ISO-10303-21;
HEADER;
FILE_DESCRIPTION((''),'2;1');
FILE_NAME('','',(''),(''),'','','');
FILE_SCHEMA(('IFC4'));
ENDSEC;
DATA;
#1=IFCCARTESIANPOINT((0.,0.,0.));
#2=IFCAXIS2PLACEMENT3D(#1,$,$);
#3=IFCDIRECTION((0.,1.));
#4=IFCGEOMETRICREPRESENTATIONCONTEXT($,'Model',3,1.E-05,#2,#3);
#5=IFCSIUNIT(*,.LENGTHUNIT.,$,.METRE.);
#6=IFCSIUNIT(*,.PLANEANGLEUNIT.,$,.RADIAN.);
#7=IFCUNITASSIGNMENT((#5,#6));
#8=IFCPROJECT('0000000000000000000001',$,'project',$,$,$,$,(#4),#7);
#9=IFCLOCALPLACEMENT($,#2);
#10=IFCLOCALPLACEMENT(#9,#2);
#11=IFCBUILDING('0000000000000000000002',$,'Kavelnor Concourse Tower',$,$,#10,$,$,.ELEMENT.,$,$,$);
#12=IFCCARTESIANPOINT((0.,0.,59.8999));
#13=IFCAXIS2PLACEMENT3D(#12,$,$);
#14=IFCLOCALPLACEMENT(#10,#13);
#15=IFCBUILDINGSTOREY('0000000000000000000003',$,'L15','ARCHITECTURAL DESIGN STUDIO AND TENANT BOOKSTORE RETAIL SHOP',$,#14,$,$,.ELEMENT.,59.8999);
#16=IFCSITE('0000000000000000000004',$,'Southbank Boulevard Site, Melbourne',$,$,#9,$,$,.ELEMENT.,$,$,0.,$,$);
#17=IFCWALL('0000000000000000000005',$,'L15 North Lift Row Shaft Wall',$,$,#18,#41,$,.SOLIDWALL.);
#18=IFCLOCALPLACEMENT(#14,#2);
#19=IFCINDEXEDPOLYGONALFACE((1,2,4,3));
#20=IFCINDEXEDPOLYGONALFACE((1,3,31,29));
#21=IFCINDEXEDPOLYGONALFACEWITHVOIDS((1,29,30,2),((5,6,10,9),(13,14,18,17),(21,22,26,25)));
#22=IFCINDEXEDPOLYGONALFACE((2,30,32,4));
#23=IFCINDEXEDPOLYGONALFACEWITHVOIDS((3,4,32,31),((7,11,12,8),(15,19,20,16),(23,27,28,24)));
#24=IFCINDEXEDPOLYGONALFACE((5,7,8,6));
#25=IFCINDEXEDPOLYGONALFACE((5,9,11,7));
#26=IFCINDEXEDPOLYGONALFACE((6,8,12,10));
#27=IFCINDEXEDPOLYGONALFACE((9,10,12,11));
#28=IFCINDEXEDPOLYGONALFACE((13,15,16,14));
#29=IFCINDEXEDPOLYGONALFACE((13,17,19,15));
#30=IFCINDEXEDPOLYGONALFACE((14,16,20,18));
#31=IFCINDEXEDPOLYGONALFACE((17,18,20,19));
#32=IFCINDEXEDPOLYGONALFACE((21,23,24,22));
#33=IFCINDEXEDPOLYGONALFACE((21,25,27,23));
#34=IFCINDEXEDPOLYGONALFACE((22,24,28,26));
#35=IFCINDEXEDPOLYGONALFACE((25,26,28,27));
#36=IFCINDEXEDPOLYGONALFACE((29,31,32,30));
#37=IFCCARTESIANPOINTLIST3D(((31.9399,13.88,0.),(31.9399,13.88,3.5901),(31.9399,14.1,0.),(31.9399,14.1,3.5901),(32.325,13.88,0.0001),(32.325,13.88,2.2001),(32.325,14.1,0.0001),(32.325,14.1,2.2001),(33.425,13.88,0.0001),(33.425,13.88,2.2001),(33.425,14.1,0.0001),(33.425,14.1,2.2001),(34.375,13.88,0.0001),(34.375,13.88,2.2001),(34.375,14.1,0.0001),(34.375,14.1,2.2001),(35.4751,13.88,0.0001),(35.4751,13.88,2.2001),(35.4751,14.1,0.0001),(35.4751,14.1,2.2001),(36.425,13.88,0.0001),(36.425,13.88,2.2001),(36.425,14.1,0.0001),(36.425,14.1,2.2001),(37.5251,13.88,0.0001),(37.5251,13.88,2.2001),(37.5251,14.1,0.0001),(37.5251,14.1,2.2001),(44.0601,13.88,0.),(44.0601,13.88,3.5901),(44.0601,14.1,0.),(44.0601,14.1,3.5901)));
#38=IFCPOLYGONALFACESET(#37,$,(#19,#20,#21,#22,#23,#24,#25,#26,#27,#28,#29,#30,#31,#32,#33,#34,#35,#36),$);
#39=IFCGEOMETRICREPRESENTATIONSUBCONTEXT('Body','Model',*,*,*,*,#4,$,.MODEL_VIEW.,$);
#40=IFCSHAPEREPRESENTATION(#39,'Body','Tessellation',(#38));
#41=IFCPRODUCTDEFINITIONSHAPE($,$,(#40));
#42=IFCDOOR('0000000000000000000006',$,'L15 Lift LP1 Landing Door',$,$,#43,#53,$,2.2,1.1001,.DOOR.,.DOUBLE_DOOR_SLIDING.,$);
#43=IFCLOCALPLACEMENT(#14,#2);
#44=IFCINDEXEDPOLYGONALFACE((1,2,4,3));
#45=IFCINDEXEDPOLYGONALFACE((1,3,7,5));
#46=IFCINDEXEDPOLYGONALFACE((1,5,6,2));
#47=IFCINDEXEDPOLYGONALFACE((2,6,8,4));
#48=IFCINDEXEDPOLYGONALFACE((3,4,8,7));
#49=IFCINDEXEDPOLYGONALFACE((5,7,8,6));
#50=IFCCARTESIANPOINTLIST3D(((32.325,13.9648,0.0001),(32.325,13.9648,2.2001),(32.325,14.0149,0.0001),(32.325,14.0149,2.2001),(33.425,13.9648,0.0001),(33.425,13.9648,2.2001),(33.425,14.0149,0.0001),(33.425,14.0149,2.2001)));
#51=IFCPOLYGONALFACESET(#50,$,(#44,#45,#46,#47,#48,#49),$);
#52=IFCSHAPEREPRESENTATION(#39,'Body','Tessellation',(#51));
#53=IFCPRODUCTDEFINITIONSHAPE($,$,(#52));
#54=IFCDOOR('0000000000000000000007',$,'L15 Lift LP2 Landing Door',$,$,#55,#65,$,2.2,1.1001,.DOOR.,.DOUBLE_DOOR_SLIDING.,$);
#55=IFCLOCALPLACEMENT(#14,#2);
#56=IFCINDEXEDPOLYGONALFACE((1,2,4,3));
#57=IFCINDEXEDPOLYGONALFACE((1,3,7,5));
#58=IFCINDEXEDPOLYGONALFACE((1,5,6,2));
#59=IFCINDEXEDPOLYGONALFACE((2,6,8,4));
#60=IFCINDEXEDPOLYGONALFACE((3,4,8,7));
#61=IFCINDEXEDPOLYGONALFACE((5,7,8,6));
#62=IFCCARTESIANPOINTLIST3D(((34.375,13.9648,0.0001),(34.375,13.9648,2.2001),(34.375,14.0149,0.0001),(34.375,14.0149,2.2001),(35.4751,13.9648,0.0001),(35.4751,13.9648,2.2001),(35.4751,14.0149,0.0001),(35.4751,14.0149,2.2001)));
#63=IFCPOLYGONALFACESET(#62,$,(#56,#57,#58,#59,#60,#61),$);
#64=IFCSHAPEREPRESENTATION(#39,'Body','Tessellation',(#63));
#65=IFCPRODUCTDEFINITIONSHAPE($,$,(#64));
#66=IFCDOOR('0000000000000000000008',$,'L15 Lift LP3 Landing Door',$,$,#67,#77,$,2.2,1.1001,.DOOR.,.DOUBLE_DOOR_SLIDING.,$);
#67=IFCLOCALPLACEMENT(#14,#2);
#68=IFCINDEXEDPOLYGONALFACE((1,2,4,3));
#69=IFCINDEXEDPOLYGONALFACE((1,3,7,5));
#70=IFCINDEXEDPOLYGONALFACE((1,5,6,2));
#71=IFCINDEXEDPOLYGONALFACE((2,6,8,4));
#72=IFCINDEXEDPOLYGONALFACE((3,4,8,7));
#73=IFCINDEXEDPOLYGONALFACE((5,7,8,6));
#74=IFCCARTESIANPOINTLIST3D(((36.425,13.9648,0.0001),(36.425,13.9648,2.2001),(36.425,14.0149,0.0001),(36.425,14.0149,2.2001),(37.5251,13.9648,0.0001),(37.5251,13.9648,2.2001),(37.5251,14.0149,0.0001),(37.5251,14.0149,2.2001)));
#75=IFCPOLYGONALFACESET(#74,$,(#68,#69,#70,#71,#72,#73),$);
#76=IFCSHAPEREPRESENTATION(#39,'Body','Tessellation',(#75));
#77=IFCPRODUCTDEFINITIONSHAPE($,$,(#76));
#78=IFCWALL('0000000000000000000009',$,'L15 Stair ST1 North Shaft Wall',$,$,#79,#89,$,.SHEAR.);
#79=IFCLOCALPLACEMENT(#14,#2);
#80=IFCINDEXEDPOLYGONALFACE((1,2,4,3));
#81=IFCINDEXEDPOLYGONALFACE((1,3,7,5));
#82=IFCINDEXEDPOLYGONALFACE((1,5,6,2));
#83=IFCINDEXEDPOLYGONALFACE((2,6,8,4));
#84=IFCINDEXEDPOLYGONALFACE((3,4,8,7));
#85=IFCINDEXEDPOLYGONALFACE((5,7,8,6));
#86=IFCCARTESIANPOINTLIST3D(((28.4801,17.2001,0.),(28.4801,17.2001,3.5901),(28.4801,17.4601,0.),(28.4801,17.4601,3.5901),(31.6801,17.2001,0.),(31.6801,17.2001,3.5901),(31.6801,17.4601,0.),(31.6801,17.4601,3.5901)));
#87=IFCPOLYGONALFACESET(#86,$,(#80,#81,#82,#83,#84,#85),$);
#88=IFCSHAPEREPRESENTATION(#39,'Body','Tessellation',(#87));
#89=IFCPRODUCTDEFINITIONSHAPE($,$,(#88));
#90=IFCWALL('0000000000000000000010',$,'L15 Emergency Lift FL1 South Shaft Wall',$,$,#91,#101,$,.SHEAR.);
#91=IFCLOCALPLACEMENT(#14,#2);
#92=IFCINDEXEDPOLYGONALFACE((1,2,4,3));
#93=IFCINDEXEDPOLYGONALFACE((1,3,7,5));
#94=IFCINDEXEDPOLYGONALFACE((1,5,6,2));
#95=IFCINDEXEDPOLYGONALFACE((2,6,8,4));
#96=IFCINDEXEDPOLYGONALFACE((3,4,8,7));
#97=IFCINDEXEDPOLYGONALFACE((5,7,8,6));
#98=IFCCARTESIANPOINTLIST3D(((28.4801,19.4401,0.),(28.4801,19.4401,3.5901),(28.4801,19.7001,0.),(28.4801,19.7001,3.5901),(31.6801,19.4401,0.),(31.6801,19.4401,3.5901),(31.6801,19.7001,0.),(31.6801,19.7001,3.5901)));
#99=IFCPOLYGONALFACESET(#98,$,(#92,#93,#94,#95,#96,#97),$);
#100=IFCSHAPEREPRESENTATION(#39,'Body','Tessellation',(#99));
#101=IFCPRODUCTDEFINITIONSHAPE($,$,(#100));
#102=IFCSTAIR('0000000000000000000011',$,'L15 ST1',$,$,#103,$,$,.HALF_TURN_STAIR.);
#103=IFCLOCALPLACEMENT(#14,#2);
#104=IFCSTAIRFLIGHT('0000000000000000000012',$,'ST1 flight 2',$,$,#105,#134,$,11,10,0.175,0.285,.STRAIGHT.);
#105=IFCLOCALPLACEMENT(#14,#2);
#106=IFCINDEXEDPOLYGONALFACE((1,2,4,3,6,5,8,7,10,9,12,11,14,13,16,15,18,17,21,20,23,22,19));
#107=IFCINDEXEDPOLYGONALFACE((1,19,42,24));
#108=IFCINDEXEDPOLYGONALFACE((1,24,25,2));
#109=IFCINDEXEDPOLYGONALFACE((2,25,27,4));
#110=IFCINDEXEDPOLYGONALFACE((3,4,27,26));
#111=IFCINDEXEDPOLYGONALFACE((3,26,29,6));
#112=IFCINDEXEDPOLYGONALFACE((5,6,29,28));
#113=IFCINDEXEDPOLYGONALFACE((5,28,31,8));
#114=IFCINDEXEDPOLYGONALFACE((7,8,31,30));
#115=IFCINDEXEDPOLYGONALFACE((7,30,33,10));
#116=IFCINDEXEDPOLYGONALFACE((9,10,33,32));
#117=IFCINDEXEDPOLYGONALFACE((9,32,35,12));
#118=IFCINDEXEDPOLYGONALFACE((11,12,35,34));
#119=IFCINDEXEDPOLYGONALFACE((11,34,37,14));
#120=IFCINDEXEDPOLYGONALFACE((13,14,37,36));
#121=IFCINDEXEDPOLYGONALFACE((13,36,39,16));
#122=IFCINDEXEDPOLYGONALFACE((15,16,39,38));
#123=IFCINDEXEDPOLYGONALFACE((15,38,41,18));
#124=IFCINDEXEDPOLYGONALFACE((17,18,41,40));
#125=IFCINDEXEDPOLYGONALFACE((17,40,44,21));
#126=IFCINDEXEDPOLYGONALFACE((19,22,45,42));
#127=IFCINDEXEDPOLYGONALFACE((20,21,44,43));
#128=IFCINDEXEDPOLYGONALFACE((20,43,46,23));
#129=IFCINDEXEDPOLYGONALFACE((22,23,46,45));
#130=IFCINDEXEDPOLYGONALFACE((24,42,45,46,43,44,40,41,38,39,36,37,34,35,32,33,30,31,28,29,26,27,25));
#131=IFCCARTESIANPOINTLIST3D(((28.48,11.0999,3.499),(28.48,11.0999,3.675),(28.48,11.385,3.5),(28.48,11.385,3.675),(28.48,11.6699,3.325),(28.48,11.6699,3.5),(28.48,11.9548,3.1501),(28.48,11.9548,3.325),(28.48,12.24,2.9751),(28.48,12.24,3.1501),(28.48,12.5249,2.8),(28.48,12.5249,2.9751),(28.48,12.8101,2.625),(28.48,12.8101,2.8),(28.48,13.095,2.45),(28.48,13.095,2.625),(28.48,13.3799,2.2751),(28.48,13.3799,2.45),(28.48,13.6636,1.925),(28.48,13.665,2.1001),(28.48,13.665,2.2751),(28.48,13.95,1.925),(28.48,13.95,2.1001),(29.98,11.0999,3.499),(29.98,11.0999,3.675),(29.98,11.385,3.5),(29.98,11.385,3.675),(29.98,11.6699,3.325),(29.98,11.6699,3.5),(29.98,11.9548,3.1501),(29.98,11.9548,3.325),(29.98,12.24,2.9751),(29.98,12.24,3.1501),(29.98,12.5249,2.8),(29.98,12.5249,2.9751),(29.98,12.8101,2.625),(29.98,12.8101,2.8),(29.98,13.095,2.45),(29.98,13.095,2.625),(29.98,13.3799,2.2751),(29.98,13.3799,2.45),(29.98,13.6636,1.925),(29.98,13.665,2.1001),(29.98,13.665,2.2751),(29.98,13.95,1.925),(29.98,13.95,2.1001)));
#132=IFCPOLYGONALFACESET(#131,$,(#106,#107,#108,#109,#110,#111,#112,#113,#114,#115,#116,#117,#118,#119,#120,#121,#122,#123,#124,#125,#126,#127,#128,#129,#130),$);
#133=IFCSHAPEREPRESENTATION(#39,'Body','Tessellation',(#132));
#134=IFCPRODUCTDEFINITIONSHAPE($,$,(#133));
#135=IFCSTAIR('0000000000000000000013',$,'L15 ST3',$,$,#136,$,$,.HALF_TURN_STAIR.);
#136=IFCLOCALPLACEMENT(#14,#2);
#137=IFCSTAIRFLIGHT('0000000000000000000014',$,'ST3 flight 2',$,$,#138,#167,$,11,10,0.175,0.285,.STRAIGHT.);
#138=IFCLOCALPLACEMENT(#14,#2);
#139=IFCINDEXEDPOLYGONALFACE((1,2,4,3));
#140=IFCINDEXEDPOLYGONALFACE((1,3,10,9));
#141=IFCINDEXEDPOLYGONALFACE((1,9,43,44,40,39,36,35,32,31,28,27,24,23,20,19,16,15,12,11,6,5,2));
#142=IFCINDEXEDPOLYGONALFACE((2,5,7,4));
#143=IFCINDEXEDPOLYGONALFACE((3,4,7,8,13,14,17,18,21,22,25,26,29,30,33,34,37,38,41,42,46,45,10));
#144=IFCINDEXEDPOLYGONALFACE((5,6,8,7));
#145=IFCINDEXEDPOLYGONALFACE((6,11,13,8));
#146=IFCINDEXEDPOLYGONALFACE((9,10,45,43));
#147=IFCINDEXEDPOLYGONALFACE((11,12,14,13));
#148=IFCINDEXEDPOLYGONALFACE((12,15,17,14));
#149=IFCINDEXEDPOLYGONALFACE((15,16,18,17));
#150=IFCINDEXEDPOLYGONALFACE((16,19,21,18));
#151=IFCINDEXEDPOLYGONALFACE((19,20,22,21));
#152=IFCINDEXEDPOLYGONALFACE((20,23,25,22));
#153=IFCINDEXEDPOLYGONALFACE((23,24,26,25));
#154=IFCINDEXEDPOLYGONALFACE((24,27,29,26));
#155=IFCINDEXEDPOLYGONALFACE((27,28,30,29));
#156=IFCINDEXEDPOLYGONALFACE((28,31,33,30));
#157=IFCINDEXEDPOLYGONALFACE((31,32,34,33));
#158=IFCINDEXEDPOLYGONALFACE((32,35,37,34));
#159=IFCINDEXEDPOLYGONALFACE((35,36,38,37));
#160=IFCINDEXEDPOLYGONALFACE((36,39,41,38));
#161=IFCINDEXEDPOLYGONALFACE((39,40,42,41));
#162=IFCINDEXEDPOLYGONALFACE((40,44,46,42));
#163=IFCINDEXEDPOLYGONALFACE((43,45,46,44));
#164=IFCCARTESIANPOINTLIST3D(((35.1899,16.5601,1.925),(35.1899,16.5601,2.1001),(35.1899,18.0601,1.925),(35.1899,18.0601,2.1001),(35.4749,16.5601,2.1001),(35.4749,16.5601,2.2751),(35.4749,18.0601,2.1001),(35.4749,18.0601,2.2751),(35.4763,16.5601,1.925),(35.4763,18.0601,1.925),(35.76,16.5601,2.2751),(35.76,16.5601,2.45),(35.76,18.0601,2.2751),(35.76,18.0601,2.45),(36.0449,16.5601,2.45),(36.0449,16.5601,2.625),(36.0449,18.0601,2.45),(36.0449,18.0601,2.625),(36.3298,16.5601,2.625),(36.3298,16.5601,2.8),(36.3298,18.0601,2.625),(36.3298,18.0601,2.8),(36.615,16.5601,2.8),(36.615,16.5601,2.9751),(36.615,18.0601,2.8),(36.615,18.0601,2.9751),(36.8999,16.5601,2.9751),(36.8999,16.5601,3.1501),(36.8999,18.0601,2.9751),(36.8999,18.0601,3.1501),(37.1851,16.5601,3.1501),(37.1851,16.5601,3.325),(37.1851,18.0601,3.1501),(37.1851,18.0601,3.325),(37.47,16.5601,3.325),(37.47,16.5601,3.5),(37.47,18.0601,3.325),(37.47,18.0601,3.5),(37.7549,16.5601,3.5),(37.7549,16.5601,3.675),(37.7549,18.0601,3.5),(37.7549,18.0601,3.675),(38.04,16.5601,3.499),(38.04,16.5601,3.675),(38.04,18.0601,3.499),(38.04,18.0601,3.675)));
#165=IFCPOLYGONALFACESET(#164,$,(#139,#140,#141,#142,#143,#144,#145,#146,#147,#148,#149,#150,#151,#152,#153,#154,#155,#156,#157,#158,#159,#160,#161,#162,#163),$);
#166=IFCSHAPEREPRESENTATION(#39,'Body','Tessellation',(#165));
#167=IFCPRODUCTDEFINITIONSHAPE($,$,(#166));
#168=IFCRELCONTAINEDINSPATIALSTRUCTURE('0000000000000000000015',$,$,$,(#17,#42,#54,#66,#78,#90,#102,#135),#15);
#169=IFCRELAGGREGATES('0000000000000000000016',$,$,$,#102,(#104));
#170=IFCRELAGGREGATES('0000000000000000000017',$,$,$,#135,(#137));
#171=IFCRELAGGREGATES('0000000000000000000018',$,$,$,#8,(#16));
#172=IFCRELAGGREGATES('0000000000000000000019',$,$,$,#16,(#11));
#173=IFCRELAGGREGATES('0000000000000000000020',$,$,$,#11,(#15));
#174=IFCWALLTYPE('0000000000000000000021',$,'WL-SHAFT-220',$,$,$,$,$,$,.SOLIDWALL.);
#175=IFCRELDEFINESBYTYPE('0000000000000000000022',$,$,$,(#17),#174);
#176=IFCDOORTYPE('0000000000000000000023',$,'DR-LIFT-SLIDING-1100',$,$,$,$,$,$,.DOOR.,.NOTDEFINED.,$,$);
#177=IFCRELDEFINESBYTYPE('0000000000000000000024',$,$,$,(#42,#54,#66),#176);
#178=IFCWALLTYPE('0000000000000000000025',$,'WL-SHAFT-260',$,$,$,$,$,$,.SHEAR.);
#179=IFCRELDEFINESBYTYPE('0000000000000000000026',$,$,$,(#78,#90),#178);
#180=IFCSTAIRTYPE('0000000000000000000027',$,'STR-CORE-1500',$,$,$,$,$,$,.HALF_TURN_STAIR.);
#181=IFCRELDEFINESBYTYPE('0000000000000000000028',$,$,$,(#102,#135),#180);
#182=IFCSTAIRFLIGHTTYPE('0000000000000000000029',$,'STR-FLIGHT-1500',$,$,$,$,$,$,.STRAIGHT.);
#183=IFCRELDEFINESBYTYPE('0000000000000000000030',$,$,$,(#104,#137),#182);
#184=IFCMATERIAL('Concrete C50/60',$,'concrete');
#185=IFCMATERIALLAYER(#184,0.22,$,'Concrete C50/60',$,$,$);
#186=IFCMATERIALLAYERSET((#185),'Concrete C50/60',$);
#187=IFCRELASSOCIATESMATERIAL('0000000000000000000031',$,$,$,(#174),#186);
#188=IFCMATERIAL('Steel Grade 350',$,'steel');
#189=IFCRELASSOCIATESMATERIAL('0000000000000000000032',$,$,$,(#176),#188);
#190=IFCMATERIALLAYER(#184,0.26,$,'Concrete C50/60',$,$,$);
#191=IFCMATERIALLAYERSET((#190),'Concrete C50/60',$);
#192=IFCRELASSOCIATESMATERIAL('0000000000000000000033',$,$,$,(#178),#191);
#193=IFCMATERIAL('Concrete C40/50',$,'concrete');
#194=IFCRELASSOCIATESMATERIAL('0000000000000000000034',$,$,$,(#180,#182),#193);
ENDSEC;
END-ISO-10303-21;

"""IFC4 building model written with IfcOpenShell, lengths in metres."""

from ifc_helpers import new_model, si_unit, direction, frame, frame_2d, origin, place, context, subcontext, project, spatial, polyline, rectangle, outline, extrude, material, layer, layer_set, type_object, element, fill, aggregate, save


model = new_model("IFC4")

# Units and contexts
model_context = context("Model", 3, precision=1e-05, world=origin(), true_north=direction((0.0, 1.0)))
body_context = subcontext(model_context, "Body", "Model", "MODEL_VIEW")
ifc_project = project(units=[si_unit("LENGTHUNIT", "METRE"), si_unit("PLANEANGLEUNIT", "RADIAN")], contexts=[model_context])

# Site, building, storey
site_placement = place(None, origin())
site = spatial("IfcSite", under=ifc_project, at=site_placement, Name="Southbank Boulevard Site, Melbourne", CompositionType="ELEMENT", RefElevation=0.0)
building_placement = place(site_placement, origin())
building = spatial("IfcBuilding", under=site, at=building_placement, Name="Kavelnor Concourse Tower", CompositionType="ELEMENT")
storey_placement = place(building_placement, frame((0.0, 0.0, 59.8999)))
storey = spatial("IfcBuildingStorey", under=building, at=storey_placement, Name="L15", Description="ARCHITECTURAL DESIGN STUDIO AND TENANT BOOKSTORE RETAIL SHOP", CompositionType="ELEMENT", Elevation=59.8999)

# Shared definitions
ifc_material_1 = material(Name="Steel Grade 350", Category="steel")

# Shared definitions
ifc_material_2 = material(Name="Concrete C50/60", Category="concrete")
ifc_layer_1 = layer(ifc_material_2, 0.22, Name="Concrete C50/60")
ifc_layer_set_1 = layer_set([ifc_layer_1], Name="Concrete C50/60")
wall_type_1 = type_object("IfcWallType", Name="WL-SHAFT-220", PredefinedType="SOLIDWALL", material=ifc_layer_set_1)

# Wall, openings, doors
wall_1_placement = place(storey_placement, frame((31.9399, 13.99, 0.0), z_axis=(0.0, 0.0, 1.0), x_axis=(1.0, 0.0, 0.0)))
wall_1 = element("IfcWall", 1, at=wall_1_placement, inside=storey, type_object=wall_type_1, Name="L15 North Lift Row Shaft Wall", PredefinedType="SOLIDWALL", context=body_context, shape_type="SweptSolid", body=[
    extrude(rectangle(XDim=12.1201, YDim=0.22, at=frame_2d((6.0601, 0.0))), origin(), (0.0, 0.0, 1.0), 3.5901),
])
opening_1_placement = place(wall_1_placement, frame((0.385, 0.0, 0.0)))
opening_1 = element("IfcOpeningElement", 2, at=opening_1_placement, cuts=wall_1, PredefinedType="OPENING", context=body_context, shape_type="SweptSolid", body=[
    extrude(rectangle(XDim=1.1001, YDim=2.2, at=frame_2d((0.55, 1.1001))), frame((0.0, 0.1201, 0.0), z_axis=(0.0, -1.0, 0.0), x_axis=(1.0, 0.0, 0.0)), (0.0, 0.0, 1.0), 0.24),
])
opening_2_placement = place(wall_1_placement, frame((2.4351, 0.0, 0.0)))
opening_2 = element("IfcOpeningElement", 3, at=opening_2_placement, cuts=wall_1, PredefinedType="OPENING", context=body_context, shape_type="SweptSolid", body=[
    extrude(rectangle(XDim=1.1001, YDim=2.2, at=frame_2d((0.55, 1.1001))), frame((0.0, 0.1201, 0.0), z_axis=(0.0, -1.0, 0.0), x_axis=(1.0, 0.0, 0.0)), (0.0, 0.0, 1.0), 0.24),
])
opening_3_placement = place(wall_1_placement, frame((4.4851, 0.0, 0.0)))
opening_3 = element("IfcOpeningElement", 4, at=opening_3_placement, cuts=wall_1, PredefinedType="OPENING", context=body_context, shape_type="SweptSolid", body=[
    extrude(rectangle(XDim=1.1001, YDim=2.2, at=frame_2d((0.55, 1.1001))), frame((0.0, 0.1201, 0.0), z_axis=(0.0, -1.0, 0.0), x_axis=(1.0, 0.0, 0.0)), (0.0, 0.0, 1.0), 0.24),
])
door_type_1 = type_object("IfcDoorType", Name="DR-LIFT-SLIDING-1100", OperationType="NOTDEFINED", PredefinedType="DOOR", material=ifc_material_1)
door_1_placement = place(opening_1_placement, origin())
door_1 = element("IfcDoor", 5, at=door_1_placement, inside=storey, type_object=door_type_1, Name="L15 Lift LP1 Landing Door", OperationType="DOUBLE_DOOR_SLIDING", OverallHeight=2.2, OverallWidth=1.1001, PredefinedType="DOOR", context=body_context, shape_type="SweptSolid", body=[
    extrude(rectangle(XDim=1.1001, YDim=2.2, at=frame_2d((0.55, 1.1001))), frame((0.0, 0.0249, 0.0), z_axis=(0.0, -1.0, 0.0), x_axis=(1.0, 0.0, 0.0)), (0.0, 0.0, 1.0), 0.05),
])
fill(opening_1, door_1)
door_2_placement = place(opening_2_placement, origin())
door_2 = element("IfcDoor", 6, at=door_2_placement, inside=storey, type_object=door_type_1, Name="L15 Lift LP2 Landing Door", OperationType="DOUBLE_DOOR_SLIDING", OverallHeight=2.2, OverallWidth=1.1001, PredefinedType="DOOR", context=body_context, shape_type="SweptSolid", body=[
    extrude(rectangle(XDim=1.1001, YDim=2.2, at=frame_2d((0.55, 1.1001))), frame((0.0, 0.0249, 0.0), z_axis=(0.0, -1.0, 0.0), x_axis=(1.0, 0.0, 0.0)), (0.0, 0.0, 1.0), 0.05),
])
fill(opening_2, door_2)
door_3_placement = place(opening_3_placement, origin())
door_3 = element("IfcDoor", 7, at=door_3_placement, inside=storey, type_object=door_type_1, Name="L15 Lift LP3 Landing Door", OperationType="DOUBLE_DOOR_SLIDING", OverallHeight=2.2, OverallWidth=1.1001, PredefinedType="DOOR", context=body_context, shape_type="SweptSolid", body=[
    extrude(rectangle(XDim=1.1001, YDim=2.2, at=frame_2d((0.55, 1.1001))), frame((0.0, 0.0249, 0.0), z_axis=(0.0, -1.0, 0.0), x_axis=(1.0, 0.0, 0.0)), (0.0, 0.0, 1.0), 0.05),
])
fill(opening_3, door_3)

# Walls
ifc_layer_2 = layer(ifc_material_2, 0.26, Name="Concrete C50/60")
ifc_layer_set_2 = layer_set([ifc_layer_2], Name="Concrete C50/60")
wall_type_2 = type_object("IfcWallType", Name="WL-SHAFT-260", PredefinedType="SHEAR", material=ifc_layer_set_2)
for number, where, z_axis, x_axis, name in (
    (8, (28.48, 17.3301, 0.0), (0.0, 0.0, 1.0), (1.0, 0.0, 0.0), "L15 Stair ST1 North Shaft Wall"),
    (9, (28.48, 19.5701, 0.0), (0.0, 0.0, 1.0), (1.0, 0.0, 0.0), "L15 Emergency Lift FL1 South Shaft Wall"),
):
    element("IfcWall", number, at=place(storey_placement, frame(where, z_axis=z_axis, x_axis=x_axis)), inside=storey, type_object=wall_type_2, Name=name, PredefinedType="SHEAR", context=body_context, shape_type="SweptSolid", body=[
        extrude(rectangle(XDim=3.2, YDim=0.26, at=frame_2d((1.6001, 0.0))), origin(), (0.0, 0.0, 1.0), 3.5901),
    ])

# Stairs, stair flights
ifc_material_3 = material(Name="Concrete C40/50", Category="concrete")
stair_type = type_object("IfcStairType", Name="STR-CORE-1500", PredefinedType="HALF_TURN_STAIR", material=ifc_material_3)
stair_1_placement = place(storey_placement, origin())
stair_1 = element("IfcStair", 10, at=stair_1_placement, inside=storey, type_object=stair_type, Name="L15 ST1", PredefinedType="HALF_TURN_STAIR")
stair_flight_type = type_object("IfcStairFlightType", Name="STR-FLIGHT-1500", PredefinedType="STRAIGHT", material=ifc_material_3)
stair_flight_1_placement = place(storey_placement, frame((29.23, 13.95, 1.925), z_axis=(0.0, 0.0, 1.0), x_axis=(0.0, -1.0, 0.0)))
stair_flight_1 = element("IfcStairFlight", 11, at=stair_flight_1_placement, type_object=stair_flight_type, Name="ST1 flight 2", NumberOfRisers=11, NumberOfTreads=10, PredefinedType="STRAIGHT", RiserHeight=0.175, TreadLength=0.285, context=body_context, shape_type="SweptSolid", body=[
    extrude(outline(polyline([(0.0, 0.0), (0.0, 0.175), (0.2849, 0.175), (0.2849, 0.3501), (0.5701, 0.3501), (0.5701, 0.5249), (0.855, 0.5249), (0.855, 0.7), (1.1399, 0.7), (1.1399, 0.875), (1.425, 0.875), (1.425, 1.05), (1.71, 1.05), (1.71, 1.2251), (1.9951, 1.2251), (1.9951, 1.3999), (2.28, 1.3999), (2.28, 1.575), (2.5649, 1.575), (2.5649, 1.75), (2.8501, 1.75), (2.8501, 1.925), (2.8501, 1.574), (0.2864, 0.0), (0.0, 0.0)])), frame((0.0, 0.75, 0.0), z_axis=(0.0, -1.0, 0.0), x_axis=(1.0, 0.0, 0.0)), (0.0, 0.0, 1.0), 1.5),
])
aggregate(stair_1, [stair_flight_1])
stair_2_placement = place(storey_placement, origin())
stair_2 = element("IfcStair", 12, at=stair_2_placement, inside=storey, type_object=stair_type, Name="L15 ST3", PredefinedType="HALF_TURN_STAIR")
stair_flight_2_placement = place(storey_placement, frame((35.1899, 17.3101, 1.925), z_axis=(0.0, 0.0, 1.0), x_axis=(1.0, 0.0, 0.0)))
stair_flight_2 = element("IfcStairFlight", 13, at=stair_flight_2_placement, type_object=stair_flight_type, Name="ST3 flight 2", NumberOfRisers=11, NumberOfTreads=10, PredefinedType="STRAIGHT", RiserHeight=0.175, TreadLength=0.285, context=body_context, shape_type="SweptSolid", body=[
    extrude(outline(polyline([(0.0, 0.0), (0.0, 0.175), (0.2849, 0.175), (0.2849, 0.3501), (0.5701, 0.3501), (0.5701, 0.5249), (0.855, 0.5249), (0.855, 0.7), (1.1399, 0.7), (1.1399, 0.875), (1.425, 0.875), (1.425, 1.05), (1.71, 1.05), (1.71, 1.2251), (1.9951, 1.2251), (1.9951, 1.3999), (2.28, 1.3999), (2.28, 1.575), (2.5649, 1.575), (2.5649, 1.75), (2.8501, 1.75), (2.8501, 1.925), (2.8501, 1.574), (0.2864, 0.0), (0.0, 0.0)])), frame((0.0, 0.75, 0.0), z_axis=(0.0, -1.0, 0.0), x_axis=(1.0, 0.0, 0.0)), (0.0, 0.0, 1.0), 1.5),
])
aggregate(stair_2, [stair_flight_2])

save(model, "model.ifc")
